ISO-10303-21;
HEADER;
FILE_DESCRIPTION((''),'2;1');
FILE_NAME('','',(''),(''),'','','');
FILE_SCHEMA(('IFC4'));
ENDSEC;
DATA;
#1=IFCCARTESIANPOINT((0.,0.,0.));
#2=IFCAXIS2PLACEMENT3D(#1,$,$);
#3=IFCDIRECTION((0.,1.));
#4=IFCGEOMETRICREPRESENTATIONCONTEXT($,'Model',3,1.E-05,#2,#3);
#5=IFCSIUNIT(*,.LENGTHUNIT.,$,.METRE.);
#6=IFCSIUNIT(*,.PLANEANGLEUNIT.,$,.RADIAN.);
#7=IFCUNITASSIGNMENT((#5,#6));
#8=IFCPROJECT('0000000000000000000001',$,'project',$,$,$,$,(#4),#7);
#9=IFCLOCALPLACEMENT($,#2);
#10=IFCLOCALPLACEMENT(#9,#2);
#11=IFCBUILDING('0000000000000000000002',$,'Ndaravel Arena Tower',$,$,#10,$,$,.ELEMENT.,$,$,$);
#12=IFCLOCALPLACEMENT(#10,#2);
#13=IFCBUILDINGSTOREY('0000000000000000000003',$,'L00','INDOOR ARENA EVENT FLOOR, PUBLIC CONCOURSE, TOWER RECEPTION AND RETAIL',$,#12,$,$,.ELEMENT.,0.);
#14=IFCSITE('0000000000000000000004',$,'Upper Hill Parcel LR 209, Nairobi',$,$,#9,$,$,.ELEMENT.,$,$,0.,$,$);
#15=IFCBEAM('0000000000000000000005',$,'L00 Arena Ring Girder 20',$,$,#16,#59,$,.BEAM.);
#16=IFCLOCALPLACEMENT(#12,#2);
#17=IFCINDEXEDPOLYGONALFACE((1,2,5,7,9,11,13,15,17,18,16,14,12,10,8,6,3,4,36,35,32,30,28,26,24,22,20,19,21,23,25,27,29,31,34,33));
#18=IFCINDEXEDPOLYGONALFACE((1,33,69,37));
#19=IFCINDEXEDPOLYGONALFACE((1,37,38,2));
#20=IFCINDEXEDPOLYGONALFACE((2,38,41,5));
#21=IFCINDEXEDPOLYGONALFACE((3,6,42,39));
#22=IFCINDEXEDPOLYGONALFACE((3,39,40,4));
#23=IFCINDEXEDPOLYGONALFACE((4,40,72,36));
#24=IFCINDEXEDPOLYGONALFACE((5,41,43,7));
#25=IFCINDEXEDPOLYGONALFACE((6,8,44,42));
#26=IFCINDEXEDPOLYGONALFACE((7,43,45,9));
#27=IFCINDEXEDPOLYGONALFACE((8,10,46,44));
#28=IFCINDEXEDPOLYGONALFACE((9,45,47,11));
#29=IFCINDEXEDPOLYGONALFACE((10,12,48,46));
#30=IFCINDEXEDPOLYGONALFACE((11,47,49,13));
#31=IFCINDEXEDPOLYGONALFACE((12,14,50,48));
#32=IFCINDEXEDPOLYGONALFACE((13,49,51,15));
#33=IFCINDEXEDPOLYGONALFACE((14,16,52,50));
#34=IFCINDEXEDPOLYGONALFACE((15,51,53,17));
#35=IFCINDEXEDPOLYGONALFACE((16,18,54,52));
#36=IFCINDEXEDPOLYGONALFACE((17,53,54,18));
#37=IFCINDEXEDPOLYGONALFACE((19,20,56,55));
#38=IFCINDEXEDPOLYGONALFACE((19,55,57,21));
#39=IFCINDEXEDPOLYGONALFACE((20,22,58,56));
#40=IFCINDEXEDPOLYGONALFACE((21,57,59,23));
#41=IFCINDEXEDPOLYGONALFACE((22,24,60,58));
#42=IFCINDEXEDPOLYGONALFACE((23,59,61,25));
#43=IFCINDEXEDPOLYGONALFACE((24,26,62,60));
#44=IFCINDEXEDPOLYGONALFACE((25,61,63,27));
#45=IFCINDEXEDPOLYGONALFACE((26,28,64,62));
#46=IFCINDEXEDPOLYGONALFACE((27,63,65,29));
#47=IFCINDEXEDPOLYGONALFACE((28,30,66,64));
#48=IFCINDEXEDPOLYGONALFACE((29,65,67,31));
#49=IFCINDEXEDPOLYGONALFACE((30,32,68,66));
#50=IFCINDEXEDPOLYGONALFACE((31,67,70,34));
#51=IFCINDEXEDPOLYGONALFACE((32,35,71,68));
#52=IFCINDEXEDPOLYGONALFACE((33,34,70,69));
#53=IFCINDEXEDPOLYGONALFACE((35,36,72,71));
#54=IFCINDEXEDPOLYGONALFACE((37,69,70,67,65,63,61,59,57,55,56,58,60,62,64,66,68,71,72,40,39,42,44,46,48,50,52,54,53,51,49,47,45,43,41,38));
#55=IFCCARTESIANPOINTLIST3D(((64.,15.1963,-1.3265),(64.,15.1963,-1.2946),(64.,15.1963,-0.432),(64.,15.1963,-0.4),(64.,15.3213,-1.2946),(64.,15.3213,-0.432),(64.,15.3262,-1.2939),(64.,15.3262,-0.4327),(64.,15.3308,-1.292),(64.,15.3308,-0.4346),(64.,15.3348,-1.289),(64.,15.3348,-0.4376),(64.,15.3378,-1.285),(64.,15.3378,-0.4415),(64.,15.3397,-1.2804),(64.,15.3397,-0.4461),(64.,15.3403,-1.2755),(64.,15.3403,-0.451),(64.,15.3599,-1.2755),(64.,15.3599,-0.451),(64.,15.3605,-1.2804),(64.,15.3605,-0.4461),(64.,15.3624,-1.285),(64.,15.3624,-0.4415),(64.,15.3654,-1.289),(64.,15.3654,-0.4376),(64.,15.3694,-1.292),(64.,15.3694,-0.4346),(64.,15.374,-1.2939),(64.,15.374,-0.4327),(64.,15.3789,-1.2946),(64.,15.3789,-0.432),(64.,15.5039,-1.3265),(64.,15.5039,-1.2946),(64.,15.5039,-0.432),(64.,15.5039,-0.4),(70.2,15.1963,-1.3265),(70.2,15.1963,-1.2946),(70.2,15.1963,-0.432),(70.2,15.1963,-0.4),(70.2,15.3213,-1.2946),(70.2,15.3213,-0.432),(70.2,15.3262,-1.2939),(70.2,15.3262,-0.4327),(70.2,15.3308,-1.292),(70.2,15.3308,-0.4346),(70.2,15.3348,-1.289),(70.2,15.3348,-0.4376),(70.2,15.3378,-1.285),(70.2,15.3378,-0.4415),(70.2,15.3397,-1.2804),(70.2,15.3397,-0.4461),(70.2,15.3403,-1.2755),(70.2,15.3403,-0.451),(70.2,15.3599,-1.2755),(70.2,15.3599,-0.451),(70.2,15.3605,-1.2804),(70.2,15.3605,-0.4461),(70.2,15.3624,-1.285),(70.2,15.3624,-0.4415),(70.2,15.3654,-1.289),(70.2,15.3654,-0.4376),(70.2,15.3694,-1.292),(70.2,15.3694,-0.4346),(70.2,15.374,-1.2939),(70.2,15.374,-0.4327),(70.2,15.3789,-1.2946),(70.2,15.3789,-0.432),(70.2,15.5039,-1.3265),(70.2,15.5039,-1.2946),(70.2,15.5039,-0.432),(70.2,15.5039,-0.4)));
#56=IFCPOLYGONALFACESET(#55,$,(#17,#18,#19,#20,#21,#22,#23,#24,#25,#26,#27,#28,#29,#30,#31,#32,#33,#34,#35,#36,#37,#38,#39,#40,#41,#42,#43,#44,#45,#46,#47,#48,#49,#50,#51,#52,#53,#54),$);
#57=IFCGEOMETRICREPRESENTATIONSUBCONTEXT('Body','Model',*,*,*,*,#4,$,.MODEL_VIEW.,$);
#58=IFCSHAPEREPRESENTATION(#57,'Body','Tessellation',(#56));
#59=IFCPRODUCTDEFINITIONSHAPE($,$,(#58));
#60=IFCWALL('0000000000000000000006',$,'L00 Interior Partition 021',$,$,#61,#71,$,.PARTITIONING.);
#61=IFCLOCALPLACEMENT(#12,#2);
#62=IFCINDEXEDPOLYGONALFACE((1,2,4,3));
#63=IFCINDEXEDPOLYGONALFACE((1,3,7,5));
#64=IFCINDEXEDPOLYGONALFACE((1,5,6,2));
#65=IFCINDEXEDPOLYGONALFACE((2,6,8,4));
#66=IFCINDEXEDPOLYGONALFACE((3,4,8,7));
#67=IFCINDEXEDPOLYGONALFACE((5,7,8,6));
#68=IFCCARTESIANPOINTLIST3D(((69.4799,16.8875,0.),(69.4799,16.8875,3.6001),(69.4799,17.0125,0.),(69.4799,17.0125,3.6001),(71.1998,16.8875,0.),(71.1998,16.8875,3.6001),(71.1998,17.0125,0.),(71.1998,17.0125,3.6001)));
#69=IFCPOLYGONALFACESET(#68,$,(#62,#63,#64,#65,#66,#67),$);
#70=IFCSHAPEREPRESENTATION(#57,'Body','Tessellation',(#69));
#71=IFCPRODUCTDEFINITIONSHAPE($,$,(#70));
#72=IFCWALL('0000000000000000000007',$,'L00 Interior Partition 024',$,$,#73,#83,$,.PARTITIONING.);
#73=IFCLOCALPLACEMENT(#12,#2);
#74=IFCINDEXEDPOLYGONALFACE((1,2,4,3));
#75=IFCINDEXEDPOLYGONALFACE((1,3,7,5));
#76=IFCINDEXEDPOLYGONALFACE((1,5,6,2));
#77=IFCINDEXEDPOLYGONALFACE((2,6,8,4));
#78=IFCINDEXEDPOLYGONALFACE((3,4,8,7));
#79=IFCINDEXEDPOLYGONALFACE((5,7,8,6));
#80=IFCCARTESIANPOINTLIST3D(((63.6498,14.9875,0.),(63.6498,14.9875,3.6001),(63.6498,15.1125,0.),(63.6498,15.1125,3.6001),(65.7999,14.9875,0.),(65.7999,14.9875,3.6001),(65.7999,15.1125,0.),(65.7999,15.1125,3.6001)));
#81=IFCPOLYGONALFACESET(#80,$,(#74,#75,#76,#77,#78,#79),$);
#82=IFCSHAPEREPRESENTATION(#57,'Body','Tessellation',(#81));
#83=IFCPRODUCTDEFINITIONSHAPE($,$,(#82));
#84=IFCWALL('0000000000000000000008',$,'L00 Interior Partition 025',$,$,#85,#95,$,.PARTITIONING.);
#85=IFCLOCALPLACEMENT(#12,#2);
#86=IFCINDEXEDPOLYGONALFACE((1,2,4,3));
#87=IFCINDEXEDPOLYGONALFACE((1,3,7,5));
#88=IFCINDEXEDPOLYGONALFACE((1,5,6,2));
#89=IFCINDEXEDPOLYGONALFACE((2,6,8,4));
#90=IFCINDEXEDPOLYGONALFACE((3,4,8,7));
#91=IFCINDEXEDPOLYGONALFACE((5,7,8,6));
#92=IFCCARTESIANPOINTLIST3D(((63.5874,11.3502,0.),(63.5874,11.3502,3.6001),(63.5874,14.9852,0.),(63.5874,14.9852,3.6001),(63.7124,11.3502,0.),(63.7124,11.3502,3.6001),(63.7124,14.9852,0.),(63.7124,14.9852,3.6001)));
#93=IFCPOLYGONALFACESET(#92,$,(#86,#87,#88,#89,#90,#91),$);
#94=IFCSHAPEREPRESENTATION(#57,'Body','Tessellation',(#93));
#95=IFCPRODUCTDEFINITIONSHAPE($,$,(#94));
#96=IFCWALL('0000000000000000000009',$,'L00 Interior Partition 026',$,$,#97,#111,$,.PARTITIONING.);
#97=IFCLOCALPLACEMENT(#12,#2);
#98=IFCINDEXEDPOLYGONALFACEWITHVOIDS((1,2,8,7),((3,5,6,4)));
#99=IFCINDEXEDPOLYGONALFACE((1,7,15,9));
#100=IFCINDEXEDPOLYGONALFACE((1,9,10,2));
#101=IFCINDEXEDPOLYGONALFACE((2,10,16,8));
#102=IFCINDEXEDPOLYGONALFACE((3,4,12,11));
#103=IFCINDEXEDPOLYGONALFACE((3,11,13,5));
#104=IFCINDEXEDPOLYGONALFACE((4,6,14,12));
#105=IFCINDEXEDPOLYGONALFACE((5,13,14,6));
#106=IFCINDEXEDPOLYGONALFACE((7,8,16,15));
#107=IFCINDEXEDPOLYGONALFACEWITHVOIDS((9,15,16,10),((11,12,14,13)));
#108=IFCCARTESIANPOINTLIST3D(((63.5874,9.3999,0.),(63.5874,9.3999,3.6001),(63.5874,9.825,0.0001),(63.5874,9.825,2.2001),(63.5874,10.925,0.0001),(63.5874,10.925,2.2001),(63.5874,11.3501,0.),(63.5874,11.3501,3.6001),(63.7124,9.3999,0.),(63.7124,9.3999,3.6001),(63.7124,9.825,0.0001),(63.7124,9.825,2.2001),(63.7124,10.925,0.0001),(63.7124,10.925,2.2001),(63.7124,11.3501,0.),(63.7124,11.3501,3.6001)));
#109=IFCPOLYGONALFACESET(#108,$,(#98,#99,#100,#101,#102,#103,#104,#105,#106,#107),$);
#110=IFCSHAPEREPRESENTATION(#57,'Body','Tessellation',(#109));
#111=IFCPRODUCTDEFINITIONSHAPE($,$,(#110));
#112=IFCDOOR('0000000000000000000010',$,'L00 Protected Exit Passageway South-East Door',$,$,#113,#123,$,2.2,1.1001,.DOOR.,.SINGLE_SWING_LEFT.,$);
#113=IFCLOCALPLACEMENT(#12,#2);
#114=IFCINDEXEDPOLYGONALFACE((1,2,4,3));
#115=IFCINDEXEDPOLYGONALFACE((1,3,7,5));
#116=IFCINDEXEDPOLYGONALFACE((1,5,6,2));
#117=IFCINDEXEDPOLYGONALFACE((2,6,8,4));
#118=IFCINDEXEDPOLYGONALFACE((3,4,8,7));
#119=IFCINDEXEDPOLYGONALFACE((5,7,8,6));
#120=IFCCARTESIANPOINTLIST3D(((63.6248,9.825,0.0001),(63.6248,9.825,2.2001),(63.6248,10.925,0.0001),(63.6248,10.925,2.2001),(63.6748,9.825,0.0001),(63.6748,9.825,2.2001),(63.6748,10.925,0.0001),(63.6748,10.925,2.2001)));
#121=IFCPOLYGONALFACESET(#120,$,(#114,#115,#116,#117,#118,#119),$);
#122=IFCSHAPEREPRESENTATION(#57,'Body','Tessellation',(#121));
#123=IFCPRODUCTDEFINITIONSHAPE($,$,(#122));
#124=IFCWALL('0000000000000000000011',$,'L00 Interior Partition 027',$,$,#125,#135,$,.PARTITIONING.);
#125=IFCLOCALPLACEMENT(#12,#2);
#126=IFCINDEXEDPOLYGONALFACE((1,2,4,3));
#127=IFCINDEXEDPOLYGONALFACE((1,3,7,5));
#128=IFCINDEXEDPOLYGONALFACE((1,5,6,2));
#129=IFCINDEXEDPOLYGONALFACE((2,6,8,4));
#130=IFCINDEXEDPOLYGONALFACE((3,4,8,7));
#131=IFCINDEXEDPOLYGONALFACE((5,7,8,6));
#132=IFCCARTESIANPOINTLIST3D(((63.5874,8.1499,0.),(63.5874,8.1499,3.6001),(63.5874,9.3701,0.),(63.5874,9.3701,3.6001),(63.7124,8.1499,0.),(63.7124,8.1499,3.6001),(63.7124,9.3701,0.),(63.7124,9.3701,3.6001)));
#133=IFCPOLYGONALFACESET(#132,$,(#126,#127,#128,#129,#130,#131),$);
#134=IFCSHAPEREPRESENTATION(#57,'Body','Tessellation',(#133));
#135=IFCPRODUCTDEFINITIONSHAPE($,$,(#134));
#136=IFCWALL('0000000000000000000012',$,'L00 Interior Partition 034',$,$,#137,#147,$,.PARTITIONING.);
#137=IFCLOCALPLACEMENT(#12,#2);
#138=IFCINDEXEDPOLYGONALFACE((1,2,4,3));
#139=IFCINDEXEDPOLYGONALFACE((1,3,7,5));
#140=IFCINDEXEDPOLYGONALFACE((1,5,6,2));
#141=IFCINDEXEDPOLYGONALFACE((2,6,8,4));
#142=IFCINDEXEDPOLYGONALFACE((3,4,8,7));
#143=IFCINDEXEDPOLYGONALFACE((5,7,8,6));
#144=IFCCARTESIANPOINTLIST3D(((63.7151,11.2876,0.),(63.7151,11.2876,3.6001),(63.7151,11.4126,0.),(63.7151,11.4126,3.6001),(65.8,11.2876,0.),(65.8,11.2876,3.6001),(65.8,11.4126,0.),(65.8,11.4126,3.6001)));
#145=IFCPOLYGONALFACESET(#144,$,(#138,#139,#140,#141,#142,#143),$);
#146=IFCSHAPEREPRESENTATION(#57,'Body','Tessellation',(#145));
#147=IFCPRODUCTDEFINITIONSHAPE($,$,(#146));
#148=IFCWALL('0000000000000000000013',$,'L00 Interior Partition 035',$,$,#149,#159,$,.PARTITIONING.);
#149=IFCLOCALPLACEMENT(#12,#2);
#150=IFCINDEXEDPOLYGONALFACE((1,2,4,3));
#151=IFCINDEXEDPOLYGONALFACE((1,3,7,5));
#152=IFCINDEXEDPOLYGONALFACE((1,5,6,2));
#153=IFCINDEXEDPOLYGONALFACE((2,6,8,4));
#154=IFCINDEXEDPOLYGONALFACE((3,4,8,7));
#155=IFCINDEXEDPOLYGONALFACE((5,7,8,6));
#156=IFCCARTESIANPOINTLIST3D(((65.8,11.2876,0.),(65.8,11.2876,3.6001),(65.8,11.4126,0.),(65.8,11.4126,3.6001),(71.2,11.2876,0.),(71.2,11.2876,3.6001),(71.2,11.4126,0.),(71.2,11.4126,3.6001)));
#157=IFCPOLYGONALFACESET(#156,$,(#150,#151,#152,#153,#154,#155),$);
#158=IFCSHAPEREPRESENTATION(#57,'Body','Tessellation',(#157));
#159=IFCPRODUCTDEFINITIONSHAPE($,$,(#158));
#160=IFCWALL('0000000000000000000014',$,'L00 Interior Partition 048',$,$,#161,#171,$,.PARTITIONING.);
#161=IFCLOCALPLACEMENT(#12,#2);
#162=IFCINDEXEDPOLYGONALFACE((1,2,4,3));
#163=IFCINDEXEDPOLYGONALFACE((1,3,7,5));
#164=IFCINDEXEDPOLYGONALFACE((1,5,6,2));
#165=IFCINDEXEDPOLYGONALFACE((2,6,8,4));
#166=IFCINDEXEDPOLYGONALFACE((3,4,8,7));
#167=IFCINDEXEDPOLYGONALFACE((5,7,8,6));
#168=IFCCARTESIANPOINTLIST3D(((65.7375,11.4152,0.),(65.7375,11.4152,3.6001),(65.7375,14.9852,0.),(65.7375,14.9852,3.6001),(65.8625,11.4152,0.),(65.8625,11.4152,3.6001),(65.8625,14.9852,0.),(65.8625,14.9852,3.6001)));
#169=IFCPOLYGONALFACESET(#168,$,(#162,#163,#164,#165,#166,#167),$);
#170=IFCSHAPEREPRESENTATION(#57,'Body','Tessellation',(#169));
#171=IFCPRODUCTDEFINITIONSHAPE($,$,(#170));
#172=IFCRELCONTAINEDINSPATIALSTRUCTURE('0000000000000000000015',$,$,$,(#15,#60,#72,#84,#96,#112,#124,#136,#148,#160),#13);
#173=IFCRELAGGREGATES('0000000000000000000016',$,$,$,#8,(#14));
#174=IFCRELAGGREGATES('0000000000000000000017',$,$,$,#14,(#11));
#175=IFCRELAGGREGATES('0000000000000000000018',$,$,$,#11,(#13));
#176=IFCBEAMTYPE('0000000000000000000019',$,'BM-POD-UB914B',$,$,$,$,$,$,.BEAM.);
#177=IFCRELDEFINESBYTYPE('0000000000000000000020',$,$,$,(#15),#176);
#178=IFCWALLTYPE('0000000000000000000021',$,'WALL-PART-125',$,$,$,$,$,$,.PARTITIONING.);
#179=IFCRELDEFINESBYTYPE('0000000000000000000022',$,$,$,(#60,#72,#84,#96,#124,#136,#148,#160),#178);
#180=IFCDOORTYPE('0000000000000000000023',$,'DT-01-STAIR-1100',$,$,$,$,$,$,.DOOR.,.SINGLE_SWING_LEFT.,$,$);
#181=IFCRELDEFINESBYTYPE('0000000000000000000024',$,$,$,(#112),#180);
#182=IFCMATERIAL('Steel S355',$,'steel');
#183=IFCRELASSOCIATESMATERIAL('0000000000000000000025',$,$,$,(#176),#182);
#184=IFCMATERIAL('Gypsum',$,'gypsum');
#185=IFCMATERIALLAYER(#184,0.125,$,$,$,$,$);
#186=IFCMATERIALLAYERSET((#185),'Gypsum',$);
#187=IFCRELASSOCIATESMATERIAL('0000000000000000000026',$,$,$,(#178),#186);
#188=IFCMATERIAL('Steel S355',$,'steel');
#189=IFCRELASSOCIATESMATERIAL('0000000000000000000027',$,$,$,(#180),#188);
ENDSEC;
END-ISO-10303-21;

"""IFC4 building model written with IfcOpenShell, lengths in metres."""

from ifc_helpers import new_model, si_unit, direction, frame, frame_2d, origin, origin_2d, place, context, subcontext, project, spatial, rectangle, i_section, extrude, material, layer, layer_set, material_profile, profile_set, type_object, element, fill, save


model = new_model("IFC4")

# Units and contexts
model_context = context("Model", 3, precision=1e-05, world=origin(), true_north=direction((0.0, 1.0)))
body_context = subcontext(model_context, "Body", "Model", "MODEL_VIEW")
ifc_project = project(units=[si_unit("LENGTHUNIT", "METRE"), si_unit("PLANEANGLEUNIT", "RADIAN")], contexts=[model_context])

# Site, building, storey
site_placement = place(None, origin())
site = spatial("IfcSite", under=ifc_project, at=site_placement, Name="Upper Hill Parcel LR 209, Nairobi", CompositionType="ELEMENT", RefElevation=0.0)
building_placement = place(site_placement, origin())
building = spatial("IfcBuilding", under=site, at=building_placement, Name="Ndaravel Arena Tower", CompositionType="ELEMENT")
storey_placement = place(building_placement, origin())
storey = spatial("IfcBuildingStorey", under=building, at=storey_placement, Name="L00", Description="INDOOR ARENA EVENT FLOOR, PUBLIC CONCOURSE, TOWER RECEPTION AND RETAIL", CompositionType="ELEMENT", Elevation=0.0)

# Beam
ifc_material_1 = material(Name="Steel S355", Category="steel")
ifc_material_profile_1 = material_profile(ifc_material_1, i_section(OverallWidth=0.3076, OverallDepth=0.9265, WebThickness=0.0195, FlangeThickness=0.032, FilletRadius=0.019, at=origin_2d()), Name="UB 914x305x289")
ifc_profile_set_1 = profile_set([ifc_material_profile_1], Name="Steel S355")
beam_type_1 = type_object("IfcBeamType", Name="BM-POD-UB914B", PredefinedType="BEAM", material=ifc_profile_set_1)
beam_1_placement = place(storey_placement, frame((64.0, 15.3501, -0.8633), z_axis=(1.0, 0.0, 0.0), x_axis=(0.0, 1.0, 0.0)))
element("IfcBeam", 1, at=beam_1_placement, inside=storey, type_object=beam_type_1, Name="L00 Arena Ring Girder 20", PredefinedType="BEAM", context=body_context, shape_type="SweptSolid", body=[
    extrude(i_section(OverallWidth=0.3076, OverallDepth=0.9265, WebThickness=0.0195, FlangeThickness=0.032, FilletRadius=0.019, at=origin_2d()), origin(), (0.0, 0.0, 1.0), 6.2),
])

# Walls
ifc_material_2 = material(Name="Gypsum", Category="gypsum")
ifc_layer_1 = layer(ifc_material_2, 0.125)
ifc_layer_set_1 = layer_set([ifc_layer_1], Name="Gypsum")
wall_type_1 = type_object("IfcWallType", Name="WALL-PART-125", PredefinedType="PARTITIONING", material=ifc_layer_set_1)
wall_1_placement = place(storey_placement, frame((69.48, 16.95, 0.0), z_axis=(0.0, 0.0, 1.0), x_axis=(1.0, 0.0, 0.0)))
element("IfcWall", 2, at=wall_1_placement, inside=storey, type_object=wall_type_1, Name="L00 Interior Partition 021", PredefinedType="PARTITIONING", context=body_context, shape_type="SweptSolid", body=[
    extrude(rectangle(XDim=1.72, YDim=0.125, at=frame_2d((0.8599, 0.0))), origin(), (0.0, 0.0, 1.0), 3.6001),
])
wall_2_placement = place(storey_placement, frame((65.8, 15.05, 0.0), z_axis=(0.0, 0.0, 1.0), x_axis=(-1.0, 0.0, 0.0)))
element("IfcWall", 3, at=wall_2_placement, inside=storey, type_object=wall_type_1, Name="L00 Interior Partition 024", PredefinedType="PARTITIONING", context=body_context, shape_type="SweptSolid", body=[
    extrude(rectangle(XDim=2.1501, YDim=0.125, at=frame_2d((1.0752, 0.0))), origin(), (0.0, 0.0, 1.0), 3.6001),
])
wall_3_placement = place(storey_placement, frame((63.6499, 14.9851, 0.0), z_axis=(0.0, 0.0, 1.0), x_axis=(0.0, -1.0, 0.0)))
element("IfcWall", 4, at=wall_3_placement, inside=storey, type_object=wall_type_1, Name="L00 Interior Partition 025", PredefinedType="PARTITIONING", context=body_context, shape_type="SweptSolid", body=[
    extrude(rectangle(XDim=3.635, YDim=0.125, at=frame_2d((1.8174, 0.0))), origin(), (0.0, 0.0, 1.0), 3.6001),
])

# Wall, opening, door
wall_4_placement = place(storey_placement, frame((63.6499, 11.3501, 0.0), z_axis=(0.0, 0.0, 1.0), x_axis=(0.0, -1.0, 0.0)))
wall_4 = element("IfcWall", 5, at=wall_4_placement, inside=storey, type_object=wall_type_1, Name="L00 Interior Partition 026", PredefinedType="PARTITIONING", context=body_context, shape_type="SweptSolid", body=[
    extrude(rectangle(XDim=1.9502, YDim=0.125, at=frame_2d((0.9751, 0.0))), origin(), (0.0, 0.0, 1.0), 3.6001),
])
opening_1_placement = place(wall_4_placement, frame((0.425, 0.0, 0.0)))
opening_1 = element("IfcOpeningElement", 6, at=opening_1_placement, cuts=wall_4, PredefinedType="OPENING", context=body_context, shape_type="SweptSolid", body=[
    extrude(rectangle(XDim=1.1001, YDim=2.2, at=frame_2d((0.55, 1.1001))), frame((0.0, 0.0625, 0.0), z_axis=(0.0, -1.0, 0.0), x_axis=(1.0, 0.0, 0.0)), (0.0, 0.0, 1.0), 0.125),
])
ifc_material_3 = material(Name="Steel S355", Category="steel")
door_type = type_object("IfcDoorType", Name="DT-01-STAIR-1100", OperationType="SINGLE_SWING_LEFT", PredefinedType="DOOR", material=ifc_material_3)
door_1_placement = place(opening_1_placement, origin())
door_1 = element("IfcDoor", 7, at=door_1_placement, inside=storey, type_object=door_type, Name="L00 Protected Exit Passageway South-East Door", OperationType="SINGLE_SWING_LEFT", OverallHeight=2.2, OverallWidth=1.1001, PredefinedType="DOOR", context=body_context, shape_type="SweptSolid", body=[
    extrude(rectangle(XDim=1.1001, YDim=2.2, at=frame_2d((0.55, 1.1001))), frame((0.0, 0.0249, 0.0), z_axis=(0.0, -1.0, 0.0), x_axis=(1.0, 0.0, 0.0)), (0.0, 0.0, 1.0), 0.05),
])
fill(opening_1, door_1)

# Walls
wall_5_placement = place(storey_placement, frame((63.6499, 9.3701, 0.0), z_axis=(0.0, 0.0, 1.0), x_axis=(0.0, -1.0, 0.0)))
element("IfcWall", 8, at=wall_5_placement, inside=storey, type_object=wall_type_1, Name="L00 Interior Partition 027", PredefinedType="PARTITIONING", context=body_context, shape_type="SweptSolid", body=[
    extrude(rectangle(XDim=1.2202, YDim=0.125, at=frame_2d((0.6101, 0.0))), origin(), (0.0, 0.0, 1.0), 3.6001),
])
wall_6_placement = place(storey_placement, frame((63.7151, 11.3501, 0.0), z_axis=(0.0, 0.0, 1.0), x_axis=(1.0, 0.0, 0.0)))
element("IfcWall", 9, at=wall_6_placement, inside=storey, type_object=wall_type_1, Name="L00 Interior Partition 034", PredefinedType="PARTITIONING", context=body_context, shape_type="SweptSolid", body=[
    extrude(rectangle(XDim=2.085, YDim=0.125, at=frame_2d((1.0425, 0.0))), origin(), (0.0, 0.0, 1.0), 3.6001),
])
wall_7_placement = place(storey_placement, frame((65.8, 11.3501, 0.0), z_axis=(0.0, 0.0, 1.0), x_axis=(1.0, 0.0, 0.0)))
element("IfcWall", 10, at=wall_7_placement, inside=storey, type_object=wall_type_1, Name="L00 Interior Partition 035", PredefinedType="PARTITIONING", context=body_context, shape_type="SweptSolid", body=[
    extrude(rectangle(XDim=5.3999, YDim=0.125, at=frame_2d((2.7, 0.0))), origin(), (0.0, 0.0, 1.0), 3.6001),
])
wall_8_placement = place(storey_placement, frame((65.8, 11.415, 0.0), z_axis=(0.0, 0.0, 1.0), x_axis=(0.0, 1.0, 0.0)))
element("IfcWall", 11, at=wall_8_placement, inside=storey, type_object=wall_type_1, Name="L00 Interior Partition 048", PredefinedType="PARTITIONING", context=body_context, shape_type="SweptSolid", body=[
    extrude(rectangle(XDim=3.5701, YDim=0.125, at=frame_2d((1.7852, 0.0))), origin(), (0.0, 0.0, 1.0), 3.6001),
])

save(model, "model.ifc")
